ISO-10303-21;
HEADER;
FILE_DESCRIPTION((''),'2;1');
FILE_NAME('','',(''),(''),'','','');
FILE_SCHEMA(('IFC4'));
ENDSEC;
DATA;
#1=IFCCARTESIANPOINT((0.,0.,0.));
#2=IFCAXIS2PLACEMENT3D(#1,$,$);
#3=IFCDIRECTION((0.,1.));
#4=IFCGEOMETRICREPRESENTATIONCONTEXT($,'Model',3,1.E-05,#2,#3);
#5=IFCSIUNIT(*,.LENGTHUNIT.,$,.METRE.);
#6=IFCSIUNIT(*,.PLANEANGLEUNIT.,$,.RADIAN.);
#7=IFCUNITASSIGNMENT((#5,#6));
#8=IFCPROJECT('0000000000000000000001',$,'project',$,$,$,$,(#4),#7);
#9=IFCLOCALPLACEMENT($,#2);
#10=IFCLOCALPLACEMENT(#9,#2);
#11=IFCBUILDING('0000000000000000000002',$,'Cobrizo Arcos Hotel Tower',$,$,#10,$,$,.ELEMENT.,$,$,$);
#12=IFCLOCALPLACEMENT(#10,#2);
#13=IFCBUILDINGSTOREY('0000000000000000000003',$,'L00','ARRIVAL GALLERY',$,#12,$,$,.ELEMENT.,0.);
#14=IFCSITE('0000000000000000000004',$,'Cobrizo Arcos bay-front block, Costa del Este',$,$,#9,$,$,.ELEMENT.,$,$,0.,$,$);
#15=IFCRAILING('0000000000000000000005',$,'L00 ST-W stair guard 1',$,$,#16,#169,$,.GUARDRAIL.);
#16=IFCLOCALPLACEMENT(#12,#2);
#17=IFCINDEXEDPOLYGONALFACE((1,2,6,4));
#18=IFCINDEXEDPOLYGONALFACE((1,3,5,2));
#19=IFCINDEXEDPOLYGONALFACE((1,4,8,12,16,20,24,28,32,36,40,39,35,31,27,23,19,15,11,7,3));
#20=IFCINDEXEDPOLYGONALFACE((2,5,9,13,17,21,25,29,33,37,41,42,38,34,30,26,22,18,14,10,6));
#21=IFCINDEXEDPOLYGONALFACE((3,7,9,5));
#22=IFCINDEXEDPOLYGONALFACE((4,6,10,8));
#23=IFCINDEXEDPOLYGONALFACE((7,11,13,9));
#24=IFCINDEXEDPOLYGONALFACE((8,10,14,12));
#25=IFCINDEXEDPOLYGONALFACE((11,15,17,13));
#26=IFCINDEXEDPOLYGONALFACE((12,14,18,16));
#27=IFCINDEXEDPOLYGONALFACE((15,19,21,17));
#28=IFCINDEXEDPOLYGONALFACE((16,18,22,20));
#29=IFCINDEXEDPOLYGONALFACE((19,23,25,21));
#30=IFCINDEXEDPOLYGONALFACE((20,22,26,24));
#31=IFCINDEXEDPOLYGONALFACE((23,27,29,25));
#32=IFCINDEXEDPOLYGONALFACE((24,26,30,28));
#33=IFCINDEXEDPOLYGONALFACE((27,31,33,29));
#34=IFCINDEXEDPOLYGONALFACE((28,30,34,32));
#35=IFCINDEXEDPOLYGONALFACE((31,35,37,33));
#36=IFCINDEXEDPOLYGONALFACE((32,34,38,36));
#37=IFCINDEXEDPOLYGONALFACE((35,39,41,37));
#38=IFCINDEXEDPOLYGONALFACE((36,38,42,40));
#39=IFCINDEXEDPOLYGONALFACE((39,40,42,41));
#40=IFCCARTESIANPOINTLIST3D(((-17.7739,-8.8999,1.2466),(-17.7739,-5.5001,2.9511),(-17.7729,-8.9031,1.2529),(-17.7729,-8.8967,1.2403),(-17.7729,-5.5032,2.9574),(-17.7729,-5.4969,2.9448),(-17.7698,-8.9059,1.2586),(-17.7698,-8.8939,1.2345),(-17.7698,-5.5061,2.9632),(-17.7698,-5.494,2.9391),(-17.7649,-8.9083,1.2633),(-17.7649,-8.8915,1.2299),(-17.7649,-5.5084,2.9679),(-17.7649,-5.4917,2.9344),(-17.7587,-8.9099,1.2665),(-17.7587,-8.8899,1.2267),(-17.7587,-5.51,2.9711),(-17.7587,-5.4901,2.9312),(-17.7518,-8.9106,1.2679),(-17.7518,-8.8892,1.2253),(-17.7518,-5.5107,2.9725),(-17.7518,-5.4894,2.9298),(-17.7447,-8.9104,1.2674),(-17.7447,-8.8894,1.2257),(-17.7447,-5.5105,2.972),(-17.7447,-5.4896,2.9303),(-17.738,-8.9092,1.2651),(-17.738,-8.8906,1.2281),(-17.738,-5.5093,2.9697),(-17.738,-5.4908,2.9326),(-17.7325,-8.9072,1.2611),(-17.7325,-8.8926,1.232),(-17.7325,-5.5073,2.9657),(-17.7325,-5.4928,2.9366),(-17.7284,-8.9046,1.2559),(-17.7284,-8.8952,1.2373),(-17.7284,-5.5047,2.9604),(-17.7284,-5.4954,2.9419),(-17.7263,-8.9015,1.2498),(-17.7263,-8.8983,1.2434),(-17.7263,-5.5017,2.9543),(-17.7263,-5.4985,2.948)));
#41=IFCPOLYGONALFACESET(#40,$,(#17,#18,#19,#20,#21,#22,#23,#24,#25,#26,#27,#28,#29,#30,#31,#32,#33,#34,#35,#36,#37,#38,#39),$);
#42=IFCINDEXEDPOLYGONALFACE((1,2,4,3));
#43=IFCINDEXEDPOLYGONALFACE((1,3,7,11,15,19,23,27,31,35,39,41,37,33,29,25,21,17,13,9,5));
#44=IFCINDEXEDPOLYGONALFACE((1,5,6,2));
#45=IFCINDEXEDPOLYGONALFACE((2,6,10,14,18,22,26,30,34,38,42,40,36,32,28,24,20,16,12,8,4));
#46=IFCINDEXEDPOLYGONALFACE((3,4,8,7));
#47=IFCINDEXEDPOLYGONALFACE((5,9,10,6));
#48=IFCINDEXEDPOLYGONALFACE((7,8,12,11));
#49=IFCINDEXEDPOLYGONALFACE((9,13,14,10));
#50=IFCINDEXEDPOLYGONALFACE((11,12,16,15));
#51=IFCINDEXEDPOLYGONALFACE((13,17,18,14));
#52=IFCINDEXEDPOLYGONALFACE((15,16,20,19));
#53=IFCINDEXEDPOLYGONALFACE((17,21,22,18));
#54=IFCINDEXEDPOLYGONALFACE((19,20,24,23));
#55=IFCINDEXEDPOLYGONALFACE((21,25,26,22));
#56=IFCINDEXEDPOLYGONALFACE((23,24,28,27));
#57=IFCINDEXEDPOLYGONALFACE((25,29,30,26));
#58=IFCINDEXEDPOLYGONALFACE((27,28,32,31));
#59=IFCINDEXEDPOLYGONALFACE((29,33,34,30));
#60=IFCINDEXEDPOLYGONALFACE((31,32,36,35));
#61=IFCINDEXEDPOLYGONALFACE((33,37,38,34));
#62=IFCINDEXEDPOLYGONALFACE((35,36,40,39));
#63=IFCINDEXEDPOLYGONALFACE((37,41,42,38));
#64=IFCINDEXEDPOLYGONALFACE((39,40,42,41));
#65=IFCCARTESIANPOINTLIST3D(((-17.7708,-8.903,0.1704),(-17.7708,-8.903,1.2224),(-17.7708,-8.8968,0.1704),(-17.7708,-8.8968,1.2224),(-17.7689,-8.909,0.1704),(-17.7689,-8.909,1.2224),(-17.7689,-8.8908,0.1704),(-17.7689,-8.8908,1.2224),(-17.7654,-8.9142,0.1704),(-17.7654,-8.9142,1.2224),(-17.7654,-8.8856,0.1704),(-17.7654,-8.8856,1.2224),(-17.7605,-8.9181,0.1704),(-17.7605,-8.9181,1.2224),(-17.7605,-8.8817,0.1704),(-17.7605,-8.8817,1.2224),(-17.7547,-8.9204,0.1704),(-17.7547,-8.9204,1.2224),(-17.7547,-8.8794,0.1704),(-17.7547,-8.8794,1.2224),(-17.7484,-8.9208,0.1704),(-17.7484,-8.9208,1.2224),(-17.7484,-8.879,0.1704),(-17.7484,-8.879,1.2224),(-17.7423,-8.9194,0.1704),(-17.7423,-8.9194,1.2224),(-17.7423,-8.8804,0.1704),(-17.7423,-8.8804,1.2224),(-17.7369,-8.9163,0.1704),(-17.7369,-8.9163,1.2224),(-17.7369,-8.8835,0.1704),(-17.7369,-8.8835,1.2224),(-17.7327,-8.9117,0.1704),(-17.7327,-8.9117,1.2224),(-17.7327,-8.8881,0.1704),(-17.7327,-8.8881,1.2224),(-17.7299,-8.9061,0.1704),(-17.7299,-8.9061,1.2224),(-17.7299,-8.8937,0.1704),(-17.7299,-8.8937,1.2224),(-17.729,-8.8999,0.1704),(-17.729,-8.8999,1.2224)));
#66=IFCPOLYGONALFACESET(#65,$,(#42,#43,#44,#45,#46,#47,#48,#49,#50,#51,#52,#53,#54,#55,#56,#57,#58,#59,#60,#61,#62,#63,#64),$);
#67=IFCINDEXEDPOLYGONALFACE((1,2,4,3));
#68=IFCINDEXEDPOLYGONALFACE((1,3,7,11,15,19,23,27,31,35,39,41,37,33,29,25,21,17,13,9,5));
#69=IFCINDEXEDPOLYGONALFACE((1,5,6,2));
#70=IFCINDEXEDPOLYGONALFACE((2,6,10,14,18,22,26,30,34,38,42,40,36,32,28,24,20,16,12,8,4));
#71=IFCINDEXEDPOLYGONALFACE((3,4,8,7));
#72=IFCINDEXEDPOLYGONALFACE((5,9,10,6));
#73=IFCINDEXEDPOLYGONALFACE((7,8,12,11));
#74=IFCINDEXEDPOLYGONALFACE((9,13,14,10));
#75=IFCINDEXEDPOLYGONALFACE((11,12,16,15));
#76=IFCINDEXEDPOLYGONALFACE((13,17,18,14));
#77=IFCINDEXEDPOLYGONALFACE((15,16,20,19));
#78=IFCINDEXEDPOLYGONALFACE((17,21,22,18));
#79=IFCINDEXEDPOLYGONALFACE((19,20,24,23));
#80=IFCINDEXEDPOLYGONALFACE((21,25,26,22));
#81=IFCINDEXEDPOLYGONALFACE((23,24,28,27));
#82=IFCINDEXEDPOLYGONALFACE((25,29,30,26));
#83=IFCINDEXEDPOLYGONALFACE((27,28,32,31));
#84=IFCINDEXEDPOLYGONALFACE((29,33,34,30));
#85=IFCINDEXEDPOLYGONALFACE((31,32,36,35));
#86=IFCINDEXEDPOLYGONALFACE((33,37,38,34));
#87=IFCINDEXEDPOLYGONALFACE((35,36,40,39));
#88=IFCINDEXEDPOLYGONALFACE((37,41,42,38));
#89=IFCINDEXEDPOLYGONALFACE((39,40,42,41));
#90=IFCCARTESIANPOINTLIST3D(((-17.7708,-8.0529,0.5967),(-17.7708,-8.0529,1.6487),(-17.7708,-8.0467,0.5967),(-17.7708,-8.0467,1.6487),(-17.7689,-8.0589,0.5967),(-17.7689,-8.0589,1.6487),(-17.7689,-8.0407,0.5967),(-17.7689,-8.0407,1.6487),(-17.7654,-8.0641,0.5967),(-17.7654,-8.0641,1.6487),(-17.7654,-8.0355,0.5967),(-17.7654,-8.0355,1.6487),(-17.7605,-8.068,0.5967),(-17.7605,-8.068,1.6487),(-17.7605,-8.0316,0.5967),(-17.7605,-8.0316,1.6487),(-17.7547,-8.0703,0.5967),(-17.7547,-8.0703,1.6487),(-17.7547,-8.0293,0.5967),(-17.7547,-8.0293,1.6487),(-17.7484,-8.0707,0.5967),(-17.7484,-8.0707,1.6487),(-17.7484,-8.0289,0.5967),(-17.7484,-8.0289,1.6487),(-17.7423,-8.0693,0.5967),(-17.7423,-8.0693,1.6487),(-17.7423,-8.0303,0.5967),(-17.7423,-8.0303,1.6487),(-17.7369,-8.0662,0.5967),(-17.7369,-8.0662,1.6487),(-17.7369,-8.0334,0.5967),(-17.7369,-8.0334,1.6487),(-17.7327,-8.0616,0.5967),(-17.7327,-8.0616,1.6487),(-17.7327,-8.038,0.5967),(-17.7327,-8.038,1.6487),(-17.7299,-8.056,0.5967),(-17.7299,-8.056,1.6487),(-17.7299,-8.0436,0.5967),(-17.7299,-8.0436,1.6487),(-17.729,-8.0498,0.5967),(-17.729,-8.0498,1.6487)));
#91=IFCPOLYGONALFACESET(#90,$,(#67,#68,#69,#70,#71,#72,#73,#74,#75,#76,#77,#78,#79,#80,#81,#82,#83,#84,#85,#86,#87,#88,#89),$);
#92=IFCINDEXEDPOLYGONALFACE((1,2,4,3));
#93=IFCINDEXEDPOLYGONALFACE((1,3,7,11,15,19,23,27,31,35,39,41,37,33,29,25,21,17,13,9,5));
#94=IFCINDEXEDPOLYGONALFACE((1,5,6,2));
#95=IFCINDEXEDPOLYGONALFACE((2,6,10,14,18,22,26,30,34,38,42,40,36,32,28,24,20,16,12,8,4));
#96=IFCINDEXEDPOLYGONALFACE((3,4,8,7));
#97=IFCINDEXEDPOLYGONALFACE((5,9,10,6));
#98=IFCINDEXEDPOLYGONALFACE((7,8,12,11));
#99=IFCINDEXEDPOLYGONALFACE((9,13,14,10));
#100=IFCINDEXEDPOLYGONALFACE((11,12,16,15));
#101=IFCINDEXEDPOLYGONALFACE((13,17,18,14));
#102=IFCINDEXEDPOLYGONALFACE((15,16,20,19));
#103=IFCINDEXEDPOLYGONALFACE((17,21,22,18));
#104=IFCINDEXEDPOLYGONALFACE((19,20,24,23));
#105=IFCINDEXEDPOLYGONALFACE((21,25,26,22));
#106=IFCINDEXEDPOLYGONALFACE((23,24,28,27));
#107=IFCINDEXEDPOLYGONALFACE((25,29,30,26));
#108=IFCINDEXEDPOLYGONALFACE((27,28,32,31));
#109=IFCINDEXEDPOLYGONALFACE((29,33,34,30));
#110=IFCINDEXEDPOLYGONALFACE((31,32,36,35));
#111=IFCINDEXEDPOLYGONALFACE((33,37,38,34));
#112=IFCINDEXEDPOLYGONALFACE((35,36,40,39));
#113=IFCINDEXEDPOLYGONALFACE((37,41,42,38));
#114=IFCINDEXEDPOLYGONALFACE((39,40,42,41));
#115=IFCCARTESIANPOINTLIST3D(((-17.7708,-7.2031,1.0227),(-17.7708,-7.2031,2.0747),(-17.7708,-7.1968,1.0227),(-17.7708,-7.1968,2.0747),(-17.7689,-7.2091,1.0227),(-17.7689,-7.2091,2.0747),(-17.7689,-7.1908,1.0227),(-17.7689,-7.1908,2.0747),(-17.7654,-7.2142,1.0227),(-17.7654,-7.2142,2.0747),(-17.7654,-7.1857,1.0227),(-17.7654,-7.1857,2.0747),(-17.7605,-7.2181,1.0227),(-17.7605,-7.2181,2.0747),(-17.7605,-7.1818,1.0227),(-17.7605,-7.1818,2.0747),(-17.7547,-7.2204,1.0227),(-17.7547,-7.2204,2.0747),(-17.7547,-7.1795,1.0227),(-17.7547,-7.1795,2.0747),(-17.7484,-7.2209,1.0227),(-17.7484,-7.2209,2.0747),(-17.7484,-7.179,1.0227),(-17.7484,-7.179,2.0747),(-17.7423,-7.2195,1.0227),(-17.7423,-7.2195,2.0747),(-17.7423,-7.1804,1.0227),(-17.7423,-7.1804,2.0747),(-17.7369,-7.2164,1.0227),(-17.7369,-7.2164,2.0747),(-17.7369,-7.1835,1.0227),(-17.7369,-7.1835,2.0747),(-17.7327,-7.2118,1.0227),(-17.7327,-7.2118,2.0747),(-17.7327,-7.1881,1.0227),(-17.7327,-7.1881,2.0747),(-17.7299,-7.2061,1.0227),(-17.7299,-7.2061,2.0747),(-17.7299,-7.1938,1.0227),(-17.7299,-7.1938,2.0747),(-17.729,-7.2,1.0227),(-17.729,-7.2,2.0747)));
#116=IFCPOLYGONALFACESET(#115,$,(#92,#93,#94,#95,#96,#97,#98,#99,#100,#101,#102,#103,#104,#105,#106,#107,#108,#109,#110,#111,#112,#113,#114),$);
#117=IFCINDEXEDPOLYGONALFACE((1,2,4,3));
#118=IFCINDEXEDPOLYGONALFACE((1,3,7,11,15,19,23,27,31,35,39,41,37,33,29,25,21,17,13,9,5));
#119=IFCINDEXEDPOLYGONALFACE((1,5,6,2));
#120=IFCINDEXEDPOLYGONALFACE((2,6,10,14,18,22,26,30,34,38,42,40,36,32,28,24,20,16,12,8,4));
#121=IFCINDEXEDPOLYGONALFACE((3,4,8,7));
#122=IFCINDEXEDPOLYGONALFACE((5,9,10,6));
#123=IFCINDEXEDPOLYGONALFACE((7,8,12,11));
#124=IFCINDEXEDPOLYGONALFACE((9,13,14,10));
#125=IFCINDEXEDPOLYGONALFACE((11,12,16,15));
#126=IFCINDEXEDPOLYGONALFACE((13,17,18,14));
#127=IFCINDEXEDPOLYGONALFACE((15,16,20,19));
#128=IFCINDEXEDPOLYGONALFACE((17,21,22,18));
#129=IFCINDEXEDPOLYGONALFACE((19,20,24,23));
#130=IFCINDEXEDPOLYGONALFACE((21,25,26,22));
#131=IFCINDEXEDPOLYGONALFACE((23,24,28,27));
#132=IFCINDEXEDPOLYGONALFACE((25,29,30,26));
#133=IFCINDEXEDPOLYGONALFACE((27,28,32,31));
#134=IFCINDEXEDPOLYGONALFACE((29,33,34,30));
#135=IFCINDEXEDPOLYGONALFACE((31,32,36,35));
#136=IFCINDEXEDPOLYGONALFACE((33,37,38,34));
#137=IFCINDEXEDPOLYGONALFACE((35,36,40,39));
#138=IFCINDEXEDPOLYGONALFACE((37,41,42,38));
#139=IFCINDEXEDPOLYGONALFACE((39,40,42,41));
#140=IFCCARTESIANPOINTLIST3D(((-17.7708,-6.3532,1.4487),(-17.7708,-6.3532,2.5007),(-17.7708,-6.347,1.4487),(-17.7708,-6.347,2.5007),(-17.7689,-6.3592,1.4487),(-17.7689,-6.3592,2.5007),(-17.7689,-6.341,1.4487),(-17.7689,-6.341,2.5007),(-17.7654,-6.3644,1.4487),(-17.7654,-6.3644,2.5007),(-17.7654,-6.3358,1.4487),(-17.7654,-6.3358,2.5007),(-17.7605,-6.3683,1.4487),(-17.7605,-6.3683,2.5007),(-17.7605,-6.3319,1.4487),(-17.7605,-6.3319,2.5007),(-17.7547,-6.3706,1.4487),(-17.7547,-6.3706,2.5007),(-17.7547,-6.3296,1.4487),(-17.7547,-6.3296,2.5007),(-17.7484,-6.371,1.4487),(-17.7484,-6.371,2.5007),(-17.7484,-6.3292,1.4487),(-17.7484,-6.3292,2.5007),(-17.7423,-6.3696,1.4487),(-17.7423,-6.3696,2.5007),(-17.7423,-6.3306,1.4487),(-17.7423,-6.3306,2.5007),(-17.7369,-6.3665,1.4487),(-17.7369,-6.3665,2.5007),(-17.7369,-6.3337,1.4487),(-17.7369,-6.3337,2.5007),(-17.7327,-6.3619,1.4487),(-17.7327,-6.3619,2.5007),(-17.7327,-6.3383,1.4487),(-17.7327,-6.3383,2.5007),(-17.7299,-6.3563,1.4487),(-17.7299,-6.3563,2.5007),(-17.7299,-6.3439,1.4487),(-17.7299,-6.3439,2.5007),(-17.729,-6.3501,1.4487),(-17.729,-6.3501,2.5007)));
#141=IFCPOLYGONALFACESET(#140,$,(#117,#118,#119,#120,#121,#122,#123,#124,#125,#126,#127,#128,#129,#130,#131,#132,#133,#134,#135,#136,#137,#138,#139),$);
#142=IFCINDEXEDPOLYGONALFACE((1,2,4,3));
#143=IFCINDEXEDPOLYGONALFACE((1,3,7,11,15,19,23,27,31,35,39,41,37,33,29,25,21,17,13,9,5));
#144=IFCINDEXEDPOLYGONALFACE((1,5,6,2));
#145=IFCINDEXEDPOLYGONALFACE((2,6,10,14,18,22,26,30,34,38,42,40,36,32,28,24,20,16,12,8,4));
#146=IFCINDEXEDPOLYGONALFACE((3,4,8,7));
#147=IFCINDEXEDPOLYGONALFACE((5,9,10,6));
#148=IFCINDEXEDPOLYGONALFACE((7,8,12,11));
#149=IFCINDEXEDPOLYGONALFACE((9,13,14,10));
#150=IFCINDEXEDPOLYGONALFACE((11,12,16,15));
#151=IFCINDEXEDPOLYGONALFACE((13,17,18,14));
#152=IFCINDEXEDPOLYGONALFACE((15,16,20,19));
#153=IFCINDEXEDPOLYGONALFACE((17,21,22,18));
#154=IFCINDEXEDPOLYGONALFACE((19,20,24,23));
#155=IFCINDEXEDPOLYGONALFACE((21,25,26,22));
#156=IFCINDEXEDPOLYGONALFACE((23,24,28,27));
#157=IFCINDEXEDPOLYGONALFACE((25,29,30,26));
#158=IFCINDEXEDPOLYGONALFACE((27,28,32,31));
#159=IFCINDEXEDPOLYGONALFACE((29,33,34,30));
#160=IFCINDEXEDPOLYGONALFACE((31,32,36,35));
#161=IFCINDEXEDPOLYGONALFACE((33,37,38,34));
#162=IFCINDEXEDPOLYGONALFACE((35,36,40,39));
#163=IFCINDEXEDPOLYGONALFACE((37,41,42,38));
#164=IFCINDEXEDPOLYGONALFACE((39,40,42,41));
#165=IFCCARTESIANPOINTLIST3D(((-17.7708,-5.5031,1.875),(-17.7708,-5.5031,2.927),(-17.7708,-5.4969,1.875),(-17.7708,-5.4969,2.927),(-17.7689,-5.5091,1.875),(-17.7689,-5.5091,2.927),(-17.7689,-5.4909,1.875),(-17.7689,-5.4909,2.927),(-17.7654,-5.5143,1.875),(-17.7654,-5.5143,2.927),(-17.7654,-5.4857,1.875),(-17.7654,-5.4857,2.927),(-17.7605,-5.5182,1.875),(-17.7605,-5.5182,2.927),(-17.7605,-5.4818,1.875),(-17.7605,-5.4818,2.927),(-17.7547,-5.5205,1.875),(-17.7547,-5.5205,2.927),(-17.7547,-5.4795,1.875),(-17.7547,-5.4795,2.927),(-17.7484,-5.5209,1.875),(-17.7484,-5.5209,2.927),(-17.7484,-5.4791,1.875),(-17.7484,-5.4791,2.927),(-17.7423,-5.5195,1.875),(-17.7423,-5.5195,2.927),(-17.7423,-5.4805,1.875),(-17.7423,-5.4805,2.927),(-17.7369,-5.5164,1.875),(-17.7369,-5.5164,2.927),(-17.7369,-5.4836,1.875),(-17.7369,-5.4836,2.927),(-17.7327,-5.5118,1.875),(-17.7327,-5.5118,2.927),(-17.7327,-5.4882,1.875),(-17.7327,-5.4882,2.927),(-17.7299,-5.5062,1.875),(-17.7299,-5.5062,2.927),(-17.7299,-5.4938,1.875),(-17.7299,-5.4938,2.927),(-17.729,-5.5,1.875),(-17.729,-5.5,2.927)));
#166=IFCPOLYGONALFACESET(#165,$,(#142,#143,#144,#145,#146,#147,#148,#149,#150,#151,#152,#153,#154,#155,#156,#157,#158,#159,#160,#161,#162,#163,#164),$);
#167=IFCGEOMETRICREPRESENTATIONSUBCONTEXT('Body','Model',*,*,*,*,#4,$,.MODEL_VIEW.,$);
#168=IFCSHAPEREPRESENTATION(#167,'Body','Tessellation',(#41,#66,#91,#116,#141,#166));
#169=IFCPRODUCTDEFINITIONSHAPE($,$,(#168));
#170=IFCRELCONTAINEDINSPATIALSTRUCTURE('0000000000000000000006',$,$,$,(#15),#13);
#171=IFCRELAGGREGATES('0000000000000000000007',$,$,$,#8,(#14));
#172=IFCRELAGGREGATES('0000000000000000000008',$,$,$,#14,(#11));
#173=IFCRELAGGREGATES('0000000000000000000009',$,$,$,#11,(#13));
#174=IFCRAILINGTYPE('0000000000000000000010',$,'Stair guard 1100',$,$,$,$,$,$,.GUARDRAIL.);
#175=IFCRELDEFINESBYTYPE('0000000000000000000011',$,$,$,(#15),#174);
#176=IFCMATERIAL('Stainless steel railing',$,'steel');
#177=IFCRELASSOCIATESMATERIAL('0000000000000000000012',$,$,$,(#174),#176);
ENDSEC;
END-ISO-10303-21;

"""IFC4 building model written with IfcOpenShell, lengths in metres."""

from ifc_helpers import new_model, si_unit, direction, frame, origin, origin_2d, place, context, subcontext, project, spatial, circle, extrude, material, type_object, element, save


model = new_model("IFC4")

# Units and contexts
model_context = context("Model", 3, precision=1e-05, world=origin(), true_north=direction((0.0, 1.0)))
body_context = subcontext(model_context, "Body", "Model", "MODEL_VIEW")
ifc_project = project(units=[si_unit("LENGTHUNIT", "METRE"), si_unit("PLANEANGLEUNIT", "RADIAN")], contexts=[model_context])

# Site, building, storey
site_placement = place(None, origin())
site = spatial("IfcSite", under=ifc_project, at=site_placement, Name="Cobrizo Arcos bay-front block, Costa del Este", CompositionType="ELEMENT", RefElevation=0.0)
building_placement = place(site_placement, origin())
building = spatial("IfcBuilding", under=site, at=building_placement, Name="Cobrizo Arcos Hotel Tower", CompositionType="ELEMENT")
storey_placement = place(building_placement, origin())
storey = spatial("IfcBuildingStorey", under=building, at=storey_placement, Name="L00", Description="ARRIVAL GALLERY", CompositionType="ELEMENT", Elevation=0.0)

# Railing
ifc_material_1 = material(Name="Stainless steel railing", Category="steel")
railing_type_1 = type_object("IfcRailingType", Name="Stair guard 1100", PredefinedType="GUARDRAIL", material=ifc_material_1)
railing_1_placement = place(storey_placement, frame((-17.75, -8.8999, 0.1704)))
element("IfcRailing", 1, at=railing_1_placement, inside=storey, type_object=railing_type_1, Name="L00 ST-W stair guard 1", PredefinedType="GUARDRAIL", context=body_context, shape_type="SweptSolid", body=[
    extrude(circle(Radius=0.0239, at=origin_2d()), frame((0.0, 0.0, 1.0762), z_axis=(0.0, 0.893939, 0.448189), x_axis=(-1.0, 0.0, 0.0)), (0.0, 0.0, 1.0), 3.8032),
    extrude(circle(Radius=0.021, at=origin_2d()), origin(), (0.0, 0.0, 1.0), 1.052),
    extrude(circle(Radius=0.021, at=origin_2d()), frame((0.0, 0.8501, 0.4263)), (0.0, 0.0, 1.0), 1.052),
    extrude(circle(Radius=0.021, at=origin_2d()), frame((0.0, 1.7, 0.8523)), (0.0, 0.0, 1.0), 1.052),
    extrude(circle(Radius=0.021, at=origin_2d()), frame((0.0, 2.5498, 1.2783)), (0.0, 0.0, 1.0), 1.052),
    extrude(circle(Radius=0.021, at=origin_2d()), frame((0.0, 3.3999, 1.7046)), (0.0, 0.0, 1.0), 1.052),
])

save(model, "model.ifc")
